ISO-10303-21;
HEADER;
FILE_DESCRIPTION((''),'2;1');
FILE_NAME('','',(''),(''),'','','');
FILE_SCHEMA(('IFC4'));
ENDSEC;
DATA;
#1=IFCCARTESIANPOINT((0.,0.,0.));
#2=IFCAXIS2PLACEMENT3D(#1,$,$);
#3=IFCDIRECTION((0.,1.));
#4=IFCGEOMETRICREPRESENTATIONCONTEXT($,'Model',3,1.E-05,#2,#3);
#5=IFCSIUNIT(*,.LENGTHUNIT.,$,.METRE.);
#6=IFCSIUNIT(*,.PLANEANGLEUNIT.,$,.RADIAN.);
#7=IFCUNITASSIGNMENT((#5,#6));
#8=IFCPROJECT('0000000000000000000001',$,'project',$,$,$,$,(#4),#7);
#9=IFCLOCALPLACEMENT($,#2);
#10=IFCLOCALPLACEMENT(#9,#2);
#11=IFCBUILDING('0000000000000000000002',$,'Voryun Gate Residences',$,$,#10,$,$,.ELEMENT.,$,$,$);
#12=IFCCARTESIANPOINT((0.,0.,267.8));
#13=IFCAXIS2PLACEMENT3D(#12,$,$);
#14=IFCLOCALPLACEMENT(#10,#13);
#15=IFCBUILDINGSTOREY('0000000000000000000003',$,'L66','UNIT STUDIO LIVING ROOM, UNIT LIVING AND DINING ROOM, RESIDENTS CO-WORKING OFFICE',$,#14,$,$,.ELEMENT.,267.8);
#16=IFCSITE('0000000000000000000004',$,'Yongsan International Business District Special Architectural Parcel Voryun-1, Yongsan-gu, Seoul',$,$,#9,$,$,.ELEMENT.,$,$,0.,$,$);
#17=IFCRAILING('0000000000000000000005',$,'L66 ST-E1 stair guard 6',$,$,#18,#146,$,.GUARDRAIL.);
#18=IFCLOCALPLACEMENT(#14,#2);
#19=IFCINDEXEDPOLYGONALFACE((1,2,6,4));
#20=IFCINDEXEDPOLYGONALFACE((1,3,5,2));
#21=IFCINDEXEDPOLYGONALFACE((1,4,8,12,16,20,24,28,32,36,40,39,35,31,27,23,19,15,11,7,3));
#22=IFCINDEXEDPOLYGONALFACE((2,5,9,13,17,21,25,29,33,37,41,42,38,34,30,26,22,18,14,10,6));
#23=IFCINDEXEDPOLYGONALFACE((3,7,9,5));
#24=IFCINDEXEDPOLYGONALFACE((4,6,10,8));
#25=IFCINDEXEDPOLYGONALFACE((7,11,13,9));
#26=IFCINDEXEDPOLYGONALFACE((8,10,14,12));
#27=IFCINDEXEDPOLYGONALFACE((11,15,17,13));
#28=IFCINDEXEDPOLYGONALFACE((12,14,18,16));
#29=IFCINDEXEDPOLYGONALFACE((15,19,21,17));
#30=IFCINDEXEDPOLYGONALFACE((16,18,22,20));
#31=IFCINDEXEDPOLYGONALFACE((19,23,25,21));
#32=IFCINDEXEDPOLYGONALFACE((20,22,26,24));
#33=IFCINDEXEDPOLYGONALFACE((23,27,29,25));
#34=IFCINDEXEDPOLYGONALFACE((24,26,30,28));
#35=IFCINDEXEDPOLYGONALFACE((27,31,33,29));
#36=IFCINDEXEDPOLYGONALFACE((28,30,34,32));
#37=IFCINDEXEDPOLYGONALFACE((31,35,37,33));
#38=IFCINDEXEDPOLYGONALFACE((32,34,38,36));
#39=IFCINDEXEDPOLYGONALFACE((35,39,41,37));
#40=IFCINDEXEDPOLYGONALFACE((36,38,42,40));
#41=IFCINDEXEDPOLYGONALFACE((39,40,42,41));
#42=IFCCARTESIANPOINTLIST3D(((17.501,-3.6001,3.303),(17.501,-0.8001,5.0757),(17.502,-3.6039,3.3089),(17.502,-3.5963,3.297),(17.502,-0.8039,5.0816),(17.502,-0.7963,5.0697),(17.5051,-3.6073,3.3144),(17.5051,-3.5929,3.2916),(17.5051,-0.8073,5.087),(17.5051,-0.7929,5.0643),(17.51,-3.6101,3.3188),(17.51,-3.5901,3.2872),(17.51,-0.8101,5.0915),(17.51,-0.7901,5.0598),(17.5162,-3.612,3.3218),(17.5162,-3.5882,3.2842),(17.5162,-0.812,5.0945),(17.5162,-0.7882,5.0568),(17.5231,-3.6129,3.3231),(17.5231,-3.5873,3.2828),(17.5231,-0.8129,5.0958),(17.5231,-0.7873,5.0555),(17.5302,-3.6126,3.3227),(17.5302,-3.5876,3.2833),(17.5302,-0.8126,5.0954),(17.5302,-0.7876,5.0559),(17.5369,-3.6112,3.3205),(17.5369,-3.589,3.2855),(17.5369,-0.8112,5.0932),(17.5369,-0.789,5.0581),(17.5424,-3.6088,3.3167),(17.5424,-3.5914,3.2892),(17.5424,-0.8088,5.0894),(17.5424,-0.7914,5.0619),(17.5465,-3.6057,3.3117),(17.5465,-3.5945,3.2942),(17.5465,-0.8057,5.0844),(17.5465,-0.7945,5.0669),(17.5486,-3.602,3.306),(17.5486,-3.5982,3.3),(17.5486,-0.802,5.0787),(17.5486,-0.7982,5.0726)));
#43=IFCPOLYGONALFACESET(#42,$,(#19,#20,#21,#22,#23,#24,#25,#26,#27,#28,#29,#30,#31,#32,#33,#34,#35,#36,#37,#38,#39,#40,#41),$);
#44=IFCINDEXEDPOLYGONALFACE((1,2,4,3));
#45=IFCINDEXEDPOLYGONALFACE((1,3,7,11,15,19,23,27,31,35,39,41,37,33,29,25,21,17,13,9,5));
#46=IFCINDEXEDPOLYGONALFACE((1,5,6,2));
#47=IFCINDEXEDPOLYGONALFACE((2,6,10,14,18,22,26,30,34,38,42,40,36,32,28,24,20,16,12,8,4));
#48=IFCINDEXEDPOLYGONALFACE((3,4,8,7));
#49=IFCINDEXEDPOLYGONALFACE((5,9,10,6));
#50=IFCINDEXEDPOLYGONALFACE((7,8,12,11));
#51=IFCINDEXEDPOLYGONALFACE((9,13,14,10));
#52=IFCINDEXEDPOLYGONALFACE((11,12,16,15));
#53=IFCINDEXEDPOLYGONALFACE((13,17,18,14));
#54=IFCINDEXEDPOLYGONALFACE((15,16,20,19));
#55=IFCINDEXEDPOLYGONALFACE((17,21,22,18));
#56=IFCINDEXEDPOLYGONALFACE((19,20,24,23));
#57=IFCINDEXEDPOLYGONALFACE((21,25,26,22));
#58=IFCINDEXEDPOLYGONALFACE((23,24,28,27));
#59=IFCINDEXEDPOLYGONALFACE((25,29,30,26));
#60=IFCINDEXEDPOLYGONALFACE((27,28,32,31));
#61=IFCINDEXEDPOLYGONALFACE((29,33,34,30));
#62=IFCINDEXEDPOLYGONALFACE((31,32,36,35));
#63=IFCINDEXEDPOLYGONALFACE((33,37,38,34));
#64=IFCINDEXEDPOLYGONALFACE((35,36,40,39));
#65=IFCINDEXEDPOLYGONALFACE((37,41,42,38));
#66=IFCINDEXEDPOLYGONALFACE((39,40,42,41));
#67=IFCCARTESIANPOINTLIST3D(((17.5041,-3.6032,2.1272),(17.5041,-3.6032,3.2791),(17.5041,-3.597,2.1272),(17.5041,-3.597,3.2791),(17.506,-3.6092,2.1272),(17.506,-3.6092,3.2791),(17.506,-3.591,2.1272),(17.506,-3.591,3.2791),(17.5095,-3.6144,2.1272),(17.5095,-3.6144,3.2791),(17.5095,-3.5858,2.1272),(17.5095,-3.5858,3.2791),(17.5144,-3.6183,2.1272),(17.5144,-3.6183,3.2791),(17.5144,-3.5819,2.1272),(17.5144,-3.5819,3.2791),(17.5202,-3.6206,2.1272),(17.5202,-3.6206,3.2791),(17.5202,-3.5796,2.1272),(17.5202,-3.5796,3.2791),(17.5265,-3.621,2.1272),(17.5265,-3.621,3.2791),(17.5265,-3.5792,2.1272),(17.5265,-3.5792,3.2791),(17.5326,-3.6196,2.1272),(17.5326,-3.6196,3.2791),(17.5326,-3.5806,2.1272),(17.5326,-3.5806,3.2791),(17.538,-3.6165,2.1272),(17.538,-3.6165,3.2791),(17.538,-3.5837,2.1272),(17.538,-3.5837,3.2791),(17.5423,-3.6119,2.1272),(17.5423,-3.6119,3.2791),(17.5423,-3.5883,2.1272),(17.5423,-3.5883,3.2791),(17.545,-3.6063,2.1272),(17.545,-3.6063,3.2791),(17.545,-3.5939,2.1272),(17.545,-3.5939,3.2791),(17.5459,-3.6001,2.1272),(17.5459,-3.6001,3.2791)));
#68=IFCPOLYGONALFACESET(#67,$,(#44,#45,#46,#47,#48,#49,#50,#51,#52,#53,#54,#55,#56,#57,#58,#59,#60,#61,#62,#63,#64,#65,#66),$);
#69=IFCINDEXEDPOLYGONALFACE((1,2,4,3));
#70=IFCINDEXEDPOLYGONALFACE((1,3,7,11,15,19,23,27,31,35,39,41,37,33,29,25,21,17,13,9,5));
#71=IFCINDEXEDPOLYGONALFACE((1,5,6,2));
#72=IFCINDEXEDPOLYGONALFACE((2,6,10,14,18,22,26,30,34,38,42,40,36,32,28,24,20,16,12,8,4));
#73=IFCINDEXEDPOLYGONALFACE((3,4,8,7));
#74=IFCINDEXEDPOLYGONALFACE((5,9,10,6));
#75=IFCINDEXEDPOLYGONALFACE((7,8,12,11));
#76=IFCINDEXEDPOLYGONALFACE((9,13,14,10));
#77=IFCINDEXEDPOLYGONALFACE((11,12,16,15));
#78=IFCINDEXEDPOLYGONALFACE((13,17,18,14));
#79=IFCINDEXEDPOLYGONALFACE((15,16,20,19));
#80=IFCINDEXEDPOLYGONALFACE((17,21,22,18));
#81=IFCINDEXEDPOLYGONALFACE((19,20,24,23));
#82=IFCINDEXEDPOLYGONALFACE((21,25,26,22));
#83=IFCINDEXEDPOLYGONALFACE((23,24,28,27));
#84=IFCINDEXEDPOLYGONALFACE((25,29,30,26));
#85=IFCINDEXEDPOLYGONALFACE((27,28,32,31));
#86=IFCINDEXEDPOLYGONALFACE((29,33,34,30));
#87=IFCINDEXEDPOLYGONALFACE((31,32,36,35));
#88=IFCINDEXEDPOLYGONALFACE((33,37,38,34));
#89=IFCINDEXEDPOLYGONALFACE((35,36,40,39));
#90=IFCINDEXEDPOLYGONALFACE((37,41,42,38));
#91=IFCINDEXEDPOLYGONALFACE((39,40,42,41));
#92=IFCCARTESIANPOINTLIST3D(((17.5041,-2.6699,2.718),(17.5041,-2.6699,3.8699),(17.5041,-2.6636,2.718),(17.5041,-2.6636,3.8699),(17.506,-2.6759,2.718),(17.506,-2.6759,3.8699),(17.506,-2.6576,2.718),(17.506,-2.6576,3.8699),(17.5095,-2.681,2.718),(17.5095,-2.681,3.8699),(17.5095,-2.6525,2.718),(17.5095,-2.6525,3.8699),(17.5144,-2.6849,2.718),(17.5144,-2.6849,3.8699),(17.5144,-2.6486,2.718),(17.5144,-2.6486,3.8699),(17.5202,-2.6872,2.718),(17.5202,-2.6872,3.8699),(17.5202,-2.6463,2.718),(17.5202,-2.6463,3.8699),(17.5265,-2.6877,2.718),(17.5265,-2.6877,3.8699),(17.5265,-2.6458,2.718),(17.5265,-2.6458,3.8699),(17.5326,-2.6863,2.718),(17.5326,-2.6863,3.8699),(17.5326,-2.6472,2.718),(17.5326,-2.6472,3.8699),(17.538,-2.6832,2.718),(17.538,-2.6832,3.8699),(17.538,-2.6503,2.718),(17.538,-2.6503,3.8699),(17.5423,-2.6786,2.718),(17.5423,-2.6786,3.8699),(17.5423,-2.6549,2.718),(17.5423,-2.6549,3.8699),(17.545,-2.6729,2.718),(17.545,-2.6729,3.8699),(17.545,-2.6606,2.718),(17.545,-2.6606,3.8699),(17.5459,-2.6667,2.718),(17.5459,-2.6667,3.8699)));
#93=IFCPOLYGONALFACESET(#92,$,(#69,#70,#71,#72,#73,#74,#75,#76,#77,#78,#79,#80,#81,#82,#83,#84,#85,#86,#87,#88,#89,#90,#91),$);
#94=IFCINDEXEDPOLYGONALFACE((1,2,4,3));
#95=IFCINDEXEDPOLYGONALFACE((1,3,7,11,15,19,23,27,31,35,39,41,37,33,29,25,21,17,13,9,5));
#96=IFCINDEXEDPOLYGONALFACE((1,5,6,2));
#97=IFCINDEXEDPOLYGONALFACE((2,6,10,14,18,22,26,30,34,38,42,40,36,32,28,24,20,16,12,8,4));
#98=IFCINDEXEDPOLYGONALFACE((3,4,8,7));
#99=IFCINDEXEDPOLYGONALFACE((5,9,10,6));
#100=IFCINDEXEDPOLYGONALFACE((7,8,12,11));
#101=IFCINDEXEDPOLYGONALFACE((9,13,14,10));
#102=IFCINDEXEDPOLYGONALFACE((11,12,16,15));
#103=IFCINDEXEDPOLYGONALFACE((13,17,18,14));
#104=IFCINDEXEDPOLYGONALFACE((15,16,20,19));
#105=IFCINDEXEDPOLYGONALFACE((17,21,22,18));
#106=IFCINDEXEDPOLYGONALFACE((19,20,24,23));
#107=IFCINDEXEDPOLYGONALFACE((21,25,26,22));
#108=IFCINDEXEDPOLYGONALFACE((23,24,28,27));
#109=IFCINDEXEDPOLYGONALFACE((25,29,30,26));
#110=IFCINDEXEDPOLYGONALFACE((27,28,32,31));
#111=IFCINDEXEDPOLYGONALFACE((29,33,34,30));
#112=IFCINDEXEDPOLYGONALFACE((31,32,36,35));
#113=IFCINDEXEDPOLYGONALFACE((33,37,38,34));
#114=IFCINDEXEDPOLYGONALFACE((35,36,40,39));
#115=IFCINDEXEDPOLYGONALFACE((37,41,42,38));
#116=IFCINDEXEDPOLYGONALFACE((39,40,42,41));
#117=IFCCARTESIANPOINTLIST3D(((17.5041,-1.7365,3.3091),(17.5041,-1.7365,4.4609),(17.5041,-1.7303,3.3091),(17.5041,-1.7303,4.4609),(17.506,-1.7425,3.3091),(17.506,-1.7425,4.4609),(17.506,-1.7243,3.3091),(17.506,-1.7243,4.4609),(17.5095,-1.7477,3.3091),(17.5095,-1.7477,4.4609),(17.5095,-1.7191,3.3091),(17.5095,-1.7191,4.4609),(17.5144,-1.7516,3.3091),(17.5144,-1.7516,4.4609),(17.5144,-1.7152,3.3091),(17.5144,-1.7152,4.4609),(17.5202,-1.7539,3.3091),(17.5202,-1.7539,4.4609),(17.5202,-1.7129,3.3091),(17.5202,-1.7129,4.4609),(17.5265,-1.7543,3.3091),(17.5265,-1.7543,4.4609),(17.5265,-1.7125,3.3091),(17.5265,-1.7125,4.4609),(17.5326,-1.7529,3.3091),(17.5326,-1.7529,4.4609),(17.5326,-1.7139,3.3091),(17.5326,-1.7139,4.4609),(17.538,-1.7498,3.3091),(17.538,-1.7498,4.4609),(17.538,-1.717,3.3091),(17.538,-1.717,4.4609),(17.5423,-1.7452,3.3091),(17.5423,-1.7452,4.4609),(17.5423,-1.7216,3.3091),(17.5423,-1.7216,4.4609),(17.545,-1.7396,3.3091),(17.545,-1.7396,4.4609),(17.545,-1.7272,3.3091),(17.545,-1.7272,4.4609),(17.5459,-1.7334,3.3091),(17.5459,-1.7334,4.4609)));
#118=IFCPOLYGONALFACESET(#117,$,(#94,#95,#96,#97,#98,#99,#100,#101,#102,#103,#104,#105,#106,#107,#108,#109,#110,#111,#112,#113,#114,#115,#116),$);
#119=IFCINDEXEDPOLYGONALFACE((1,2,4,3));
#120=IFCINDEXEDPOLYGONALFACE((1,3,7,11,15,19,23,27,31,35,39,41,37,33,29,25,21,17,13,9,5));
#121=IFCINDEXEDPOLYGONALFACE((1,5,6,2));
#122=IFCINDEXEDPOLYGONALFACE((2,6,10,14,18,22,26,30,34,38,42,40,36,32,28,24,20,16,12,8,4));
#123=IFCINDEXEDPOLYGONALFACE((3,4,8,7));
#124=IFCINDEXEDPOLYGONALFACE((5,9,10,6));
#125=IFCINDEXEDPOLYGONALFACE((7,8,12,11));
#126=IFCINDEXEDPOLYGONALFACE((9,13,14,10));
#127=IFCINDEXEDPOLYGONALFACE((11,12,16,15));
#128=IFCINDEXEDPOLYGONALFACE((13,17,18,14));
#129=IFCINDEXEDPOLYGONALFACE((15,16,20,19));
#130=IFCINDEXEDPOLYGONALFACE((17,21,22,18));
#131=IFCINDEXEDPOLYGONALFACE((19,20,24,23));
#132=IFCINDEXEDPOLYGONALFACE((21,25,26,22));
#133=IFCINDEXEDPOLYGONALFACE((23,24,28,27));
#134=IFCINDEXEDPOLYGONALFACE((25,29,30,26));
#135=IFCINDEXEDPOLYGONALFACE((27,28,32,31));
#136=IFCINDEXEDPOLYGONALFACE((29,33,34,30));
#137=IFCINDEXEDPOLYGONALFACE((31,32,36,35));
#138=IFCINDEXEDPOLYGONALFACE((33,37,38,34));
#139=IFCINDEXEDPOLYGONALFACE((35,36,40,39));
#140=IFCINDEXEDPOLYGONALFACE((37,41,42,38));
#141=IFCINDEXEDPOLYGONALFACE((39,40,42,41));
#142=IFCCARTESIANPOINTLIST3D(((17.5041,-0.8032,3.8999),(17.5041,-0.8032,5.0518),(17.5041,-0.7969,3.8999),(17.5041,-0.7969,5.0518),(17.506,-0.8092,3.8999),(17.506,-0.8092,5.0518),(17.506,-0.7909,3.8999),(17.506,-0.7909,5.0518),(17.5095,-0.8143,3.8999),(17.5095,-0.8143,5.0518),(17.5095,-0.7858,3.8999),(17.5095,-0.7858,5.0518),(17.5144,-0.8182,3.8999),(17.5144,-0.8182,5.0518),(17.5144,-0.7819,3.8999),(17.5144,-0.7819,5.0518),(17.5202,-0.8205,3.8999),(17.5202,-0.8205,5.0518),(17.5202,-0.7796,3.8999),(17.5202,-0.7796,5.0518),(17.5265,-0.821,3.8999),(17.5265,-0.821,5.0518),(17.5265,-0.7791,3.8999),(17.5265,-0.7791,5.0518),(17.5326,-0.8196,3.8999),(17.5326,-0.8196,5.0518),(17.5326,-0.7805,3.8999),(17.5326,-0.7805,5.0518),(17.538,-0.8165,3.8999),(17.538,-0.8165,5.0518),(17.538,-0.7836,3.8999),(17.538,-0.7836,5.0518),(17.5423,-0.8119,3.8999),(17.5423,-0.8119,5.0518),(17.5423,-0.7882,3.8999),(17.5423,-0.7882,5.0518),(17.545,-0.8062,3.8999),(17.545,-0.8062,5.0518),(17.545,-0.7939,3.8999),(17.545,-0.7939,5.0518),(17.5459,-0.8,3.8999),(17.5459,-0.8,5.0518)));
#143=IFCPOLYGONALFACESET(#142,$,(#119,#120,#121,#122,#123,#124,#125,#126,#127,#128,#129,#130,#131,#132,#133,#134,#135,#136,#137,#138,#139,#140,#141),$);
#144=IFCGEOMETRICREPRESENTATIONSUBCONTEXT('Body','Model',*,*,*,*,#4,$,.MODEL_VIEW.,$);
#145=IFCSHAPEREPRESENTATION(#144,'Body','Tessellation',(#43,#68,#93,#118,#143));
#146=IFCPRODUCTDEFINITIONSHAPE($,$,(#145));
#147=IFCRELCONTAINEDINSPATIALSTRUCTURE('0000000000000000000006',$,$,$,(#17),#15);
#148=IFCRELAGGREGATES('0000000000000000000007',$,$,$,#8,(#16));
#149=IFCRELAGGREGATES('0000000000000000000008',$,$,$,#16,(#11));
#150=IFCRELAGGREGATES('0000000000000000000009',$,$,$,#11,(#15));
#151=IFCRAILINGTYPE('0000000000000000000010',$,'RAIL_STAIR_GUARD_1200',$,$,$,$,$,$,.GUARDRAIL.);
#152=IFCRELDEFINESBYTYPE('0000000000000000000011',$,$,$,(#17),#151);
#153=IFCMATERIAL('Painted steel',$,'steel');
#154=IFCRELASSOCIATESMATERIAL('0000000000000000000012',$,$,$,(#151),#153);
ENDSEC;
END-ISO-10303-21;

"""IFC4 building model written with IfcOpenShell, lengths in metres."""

from ifc_helpers import new_model, si_unit, direction, frame, origin, origin_2d, place, context, subcontext, project, spatial, circle, extrude, material, type_object, element, save


model = new_model("IFC4")

# Units and contexts
model_context = context("Model", 3, precision=1e-05, world=origin(), true_north=direction((0.0, 1.0)))
body_context = subcontext(model_context, "Body", "Model", "MODEL_VIEW")
ifc_project = project(units=[si_unit("LENGTHUNIT", "METRE"), si_unit("PLANEANGLEUNIT", "RADIAN")], contexts=[model_context])

# Site, building, storey
site_placement = place(None, origin())
site = spatial("IfcSite", under=ifc_project, at=site_placement, Name="Yongsan International Business District Special Architectural Parcel Voryun-1, Yongsan-gu, Seoul", CompositionType="ELEMENT", RefElevation=0.0)
building_placement = place(site_placement, origin())
building = spatial("IfcBuilding", under=site, at=building_placement, Name="Voryun Gate Residences", CompositionType="ELEMENT")
storey_placement = place(building_placement, frame((0.0, 0.0, 267.8)))
storey = spatial("IfcBuildingStorey", under=building, at=storey_placement, Name="L66", Description="UNIT STUDIO LIVING ROOM, UNIT LIVING AND DINING ROOM, RESIDENTS CO-WORKING OFFICE", CompositionType="ELEMENT", Elevation=267.8)

# Railing
ifc_material_1 = material(Name="Painted steel", Category="steel")
railing_type_1 = type_object("IfcRailingType", Name="RAIL_STAIR_GUARD_1200", PredefinedType="GUARDRAIL", material=ifc_material_1)
railing_1_placement = place(storey_placement, frame((17.5249, -3.6001, 2.1272)))
element("IfcRailing", 1, at=railing_1_placement, inside=storey, type_object=railing_type_1, Name="L66 ST-E1 stair guard 6", PredefinedType="GUARDRAIL", context=body_context, shape_type="SweptSolid", body=[
    extrude(circle(Radius=0.0239, at=origin_2d()), frame((0.0, 0.0, 1.1758), z_axis=(0.0, 0.844909, 0.53491), x_axis=(-1.0, 0.0, 0.0)), (0.0, 0.0, 1.0), 3.314),
    extrude(circle(Radius=0.021, at=origin_2d()), origin(), (0.0, 0.0, 1.0), 1.1519),
    extrude(circle(Radius=0.021, at=origin_2d()), frame((0.0, 0.9333, 0.5908)), (0.0, 0.0, 1.0), 1.1519),
    extrude(circle(Radius=0.021, at=origin_2d()), frame((0.0, 1.8667, 1.1819)), (0.0, 0.0, 1.0), 1.1519),
    extrude(circle(Radius=0.021, at=origin_2d()), frame((0.0, 2.8, 1.7727)), (0.0, 0.0, 1.0), 1.1519),
])

save(model, "model.ifc")
